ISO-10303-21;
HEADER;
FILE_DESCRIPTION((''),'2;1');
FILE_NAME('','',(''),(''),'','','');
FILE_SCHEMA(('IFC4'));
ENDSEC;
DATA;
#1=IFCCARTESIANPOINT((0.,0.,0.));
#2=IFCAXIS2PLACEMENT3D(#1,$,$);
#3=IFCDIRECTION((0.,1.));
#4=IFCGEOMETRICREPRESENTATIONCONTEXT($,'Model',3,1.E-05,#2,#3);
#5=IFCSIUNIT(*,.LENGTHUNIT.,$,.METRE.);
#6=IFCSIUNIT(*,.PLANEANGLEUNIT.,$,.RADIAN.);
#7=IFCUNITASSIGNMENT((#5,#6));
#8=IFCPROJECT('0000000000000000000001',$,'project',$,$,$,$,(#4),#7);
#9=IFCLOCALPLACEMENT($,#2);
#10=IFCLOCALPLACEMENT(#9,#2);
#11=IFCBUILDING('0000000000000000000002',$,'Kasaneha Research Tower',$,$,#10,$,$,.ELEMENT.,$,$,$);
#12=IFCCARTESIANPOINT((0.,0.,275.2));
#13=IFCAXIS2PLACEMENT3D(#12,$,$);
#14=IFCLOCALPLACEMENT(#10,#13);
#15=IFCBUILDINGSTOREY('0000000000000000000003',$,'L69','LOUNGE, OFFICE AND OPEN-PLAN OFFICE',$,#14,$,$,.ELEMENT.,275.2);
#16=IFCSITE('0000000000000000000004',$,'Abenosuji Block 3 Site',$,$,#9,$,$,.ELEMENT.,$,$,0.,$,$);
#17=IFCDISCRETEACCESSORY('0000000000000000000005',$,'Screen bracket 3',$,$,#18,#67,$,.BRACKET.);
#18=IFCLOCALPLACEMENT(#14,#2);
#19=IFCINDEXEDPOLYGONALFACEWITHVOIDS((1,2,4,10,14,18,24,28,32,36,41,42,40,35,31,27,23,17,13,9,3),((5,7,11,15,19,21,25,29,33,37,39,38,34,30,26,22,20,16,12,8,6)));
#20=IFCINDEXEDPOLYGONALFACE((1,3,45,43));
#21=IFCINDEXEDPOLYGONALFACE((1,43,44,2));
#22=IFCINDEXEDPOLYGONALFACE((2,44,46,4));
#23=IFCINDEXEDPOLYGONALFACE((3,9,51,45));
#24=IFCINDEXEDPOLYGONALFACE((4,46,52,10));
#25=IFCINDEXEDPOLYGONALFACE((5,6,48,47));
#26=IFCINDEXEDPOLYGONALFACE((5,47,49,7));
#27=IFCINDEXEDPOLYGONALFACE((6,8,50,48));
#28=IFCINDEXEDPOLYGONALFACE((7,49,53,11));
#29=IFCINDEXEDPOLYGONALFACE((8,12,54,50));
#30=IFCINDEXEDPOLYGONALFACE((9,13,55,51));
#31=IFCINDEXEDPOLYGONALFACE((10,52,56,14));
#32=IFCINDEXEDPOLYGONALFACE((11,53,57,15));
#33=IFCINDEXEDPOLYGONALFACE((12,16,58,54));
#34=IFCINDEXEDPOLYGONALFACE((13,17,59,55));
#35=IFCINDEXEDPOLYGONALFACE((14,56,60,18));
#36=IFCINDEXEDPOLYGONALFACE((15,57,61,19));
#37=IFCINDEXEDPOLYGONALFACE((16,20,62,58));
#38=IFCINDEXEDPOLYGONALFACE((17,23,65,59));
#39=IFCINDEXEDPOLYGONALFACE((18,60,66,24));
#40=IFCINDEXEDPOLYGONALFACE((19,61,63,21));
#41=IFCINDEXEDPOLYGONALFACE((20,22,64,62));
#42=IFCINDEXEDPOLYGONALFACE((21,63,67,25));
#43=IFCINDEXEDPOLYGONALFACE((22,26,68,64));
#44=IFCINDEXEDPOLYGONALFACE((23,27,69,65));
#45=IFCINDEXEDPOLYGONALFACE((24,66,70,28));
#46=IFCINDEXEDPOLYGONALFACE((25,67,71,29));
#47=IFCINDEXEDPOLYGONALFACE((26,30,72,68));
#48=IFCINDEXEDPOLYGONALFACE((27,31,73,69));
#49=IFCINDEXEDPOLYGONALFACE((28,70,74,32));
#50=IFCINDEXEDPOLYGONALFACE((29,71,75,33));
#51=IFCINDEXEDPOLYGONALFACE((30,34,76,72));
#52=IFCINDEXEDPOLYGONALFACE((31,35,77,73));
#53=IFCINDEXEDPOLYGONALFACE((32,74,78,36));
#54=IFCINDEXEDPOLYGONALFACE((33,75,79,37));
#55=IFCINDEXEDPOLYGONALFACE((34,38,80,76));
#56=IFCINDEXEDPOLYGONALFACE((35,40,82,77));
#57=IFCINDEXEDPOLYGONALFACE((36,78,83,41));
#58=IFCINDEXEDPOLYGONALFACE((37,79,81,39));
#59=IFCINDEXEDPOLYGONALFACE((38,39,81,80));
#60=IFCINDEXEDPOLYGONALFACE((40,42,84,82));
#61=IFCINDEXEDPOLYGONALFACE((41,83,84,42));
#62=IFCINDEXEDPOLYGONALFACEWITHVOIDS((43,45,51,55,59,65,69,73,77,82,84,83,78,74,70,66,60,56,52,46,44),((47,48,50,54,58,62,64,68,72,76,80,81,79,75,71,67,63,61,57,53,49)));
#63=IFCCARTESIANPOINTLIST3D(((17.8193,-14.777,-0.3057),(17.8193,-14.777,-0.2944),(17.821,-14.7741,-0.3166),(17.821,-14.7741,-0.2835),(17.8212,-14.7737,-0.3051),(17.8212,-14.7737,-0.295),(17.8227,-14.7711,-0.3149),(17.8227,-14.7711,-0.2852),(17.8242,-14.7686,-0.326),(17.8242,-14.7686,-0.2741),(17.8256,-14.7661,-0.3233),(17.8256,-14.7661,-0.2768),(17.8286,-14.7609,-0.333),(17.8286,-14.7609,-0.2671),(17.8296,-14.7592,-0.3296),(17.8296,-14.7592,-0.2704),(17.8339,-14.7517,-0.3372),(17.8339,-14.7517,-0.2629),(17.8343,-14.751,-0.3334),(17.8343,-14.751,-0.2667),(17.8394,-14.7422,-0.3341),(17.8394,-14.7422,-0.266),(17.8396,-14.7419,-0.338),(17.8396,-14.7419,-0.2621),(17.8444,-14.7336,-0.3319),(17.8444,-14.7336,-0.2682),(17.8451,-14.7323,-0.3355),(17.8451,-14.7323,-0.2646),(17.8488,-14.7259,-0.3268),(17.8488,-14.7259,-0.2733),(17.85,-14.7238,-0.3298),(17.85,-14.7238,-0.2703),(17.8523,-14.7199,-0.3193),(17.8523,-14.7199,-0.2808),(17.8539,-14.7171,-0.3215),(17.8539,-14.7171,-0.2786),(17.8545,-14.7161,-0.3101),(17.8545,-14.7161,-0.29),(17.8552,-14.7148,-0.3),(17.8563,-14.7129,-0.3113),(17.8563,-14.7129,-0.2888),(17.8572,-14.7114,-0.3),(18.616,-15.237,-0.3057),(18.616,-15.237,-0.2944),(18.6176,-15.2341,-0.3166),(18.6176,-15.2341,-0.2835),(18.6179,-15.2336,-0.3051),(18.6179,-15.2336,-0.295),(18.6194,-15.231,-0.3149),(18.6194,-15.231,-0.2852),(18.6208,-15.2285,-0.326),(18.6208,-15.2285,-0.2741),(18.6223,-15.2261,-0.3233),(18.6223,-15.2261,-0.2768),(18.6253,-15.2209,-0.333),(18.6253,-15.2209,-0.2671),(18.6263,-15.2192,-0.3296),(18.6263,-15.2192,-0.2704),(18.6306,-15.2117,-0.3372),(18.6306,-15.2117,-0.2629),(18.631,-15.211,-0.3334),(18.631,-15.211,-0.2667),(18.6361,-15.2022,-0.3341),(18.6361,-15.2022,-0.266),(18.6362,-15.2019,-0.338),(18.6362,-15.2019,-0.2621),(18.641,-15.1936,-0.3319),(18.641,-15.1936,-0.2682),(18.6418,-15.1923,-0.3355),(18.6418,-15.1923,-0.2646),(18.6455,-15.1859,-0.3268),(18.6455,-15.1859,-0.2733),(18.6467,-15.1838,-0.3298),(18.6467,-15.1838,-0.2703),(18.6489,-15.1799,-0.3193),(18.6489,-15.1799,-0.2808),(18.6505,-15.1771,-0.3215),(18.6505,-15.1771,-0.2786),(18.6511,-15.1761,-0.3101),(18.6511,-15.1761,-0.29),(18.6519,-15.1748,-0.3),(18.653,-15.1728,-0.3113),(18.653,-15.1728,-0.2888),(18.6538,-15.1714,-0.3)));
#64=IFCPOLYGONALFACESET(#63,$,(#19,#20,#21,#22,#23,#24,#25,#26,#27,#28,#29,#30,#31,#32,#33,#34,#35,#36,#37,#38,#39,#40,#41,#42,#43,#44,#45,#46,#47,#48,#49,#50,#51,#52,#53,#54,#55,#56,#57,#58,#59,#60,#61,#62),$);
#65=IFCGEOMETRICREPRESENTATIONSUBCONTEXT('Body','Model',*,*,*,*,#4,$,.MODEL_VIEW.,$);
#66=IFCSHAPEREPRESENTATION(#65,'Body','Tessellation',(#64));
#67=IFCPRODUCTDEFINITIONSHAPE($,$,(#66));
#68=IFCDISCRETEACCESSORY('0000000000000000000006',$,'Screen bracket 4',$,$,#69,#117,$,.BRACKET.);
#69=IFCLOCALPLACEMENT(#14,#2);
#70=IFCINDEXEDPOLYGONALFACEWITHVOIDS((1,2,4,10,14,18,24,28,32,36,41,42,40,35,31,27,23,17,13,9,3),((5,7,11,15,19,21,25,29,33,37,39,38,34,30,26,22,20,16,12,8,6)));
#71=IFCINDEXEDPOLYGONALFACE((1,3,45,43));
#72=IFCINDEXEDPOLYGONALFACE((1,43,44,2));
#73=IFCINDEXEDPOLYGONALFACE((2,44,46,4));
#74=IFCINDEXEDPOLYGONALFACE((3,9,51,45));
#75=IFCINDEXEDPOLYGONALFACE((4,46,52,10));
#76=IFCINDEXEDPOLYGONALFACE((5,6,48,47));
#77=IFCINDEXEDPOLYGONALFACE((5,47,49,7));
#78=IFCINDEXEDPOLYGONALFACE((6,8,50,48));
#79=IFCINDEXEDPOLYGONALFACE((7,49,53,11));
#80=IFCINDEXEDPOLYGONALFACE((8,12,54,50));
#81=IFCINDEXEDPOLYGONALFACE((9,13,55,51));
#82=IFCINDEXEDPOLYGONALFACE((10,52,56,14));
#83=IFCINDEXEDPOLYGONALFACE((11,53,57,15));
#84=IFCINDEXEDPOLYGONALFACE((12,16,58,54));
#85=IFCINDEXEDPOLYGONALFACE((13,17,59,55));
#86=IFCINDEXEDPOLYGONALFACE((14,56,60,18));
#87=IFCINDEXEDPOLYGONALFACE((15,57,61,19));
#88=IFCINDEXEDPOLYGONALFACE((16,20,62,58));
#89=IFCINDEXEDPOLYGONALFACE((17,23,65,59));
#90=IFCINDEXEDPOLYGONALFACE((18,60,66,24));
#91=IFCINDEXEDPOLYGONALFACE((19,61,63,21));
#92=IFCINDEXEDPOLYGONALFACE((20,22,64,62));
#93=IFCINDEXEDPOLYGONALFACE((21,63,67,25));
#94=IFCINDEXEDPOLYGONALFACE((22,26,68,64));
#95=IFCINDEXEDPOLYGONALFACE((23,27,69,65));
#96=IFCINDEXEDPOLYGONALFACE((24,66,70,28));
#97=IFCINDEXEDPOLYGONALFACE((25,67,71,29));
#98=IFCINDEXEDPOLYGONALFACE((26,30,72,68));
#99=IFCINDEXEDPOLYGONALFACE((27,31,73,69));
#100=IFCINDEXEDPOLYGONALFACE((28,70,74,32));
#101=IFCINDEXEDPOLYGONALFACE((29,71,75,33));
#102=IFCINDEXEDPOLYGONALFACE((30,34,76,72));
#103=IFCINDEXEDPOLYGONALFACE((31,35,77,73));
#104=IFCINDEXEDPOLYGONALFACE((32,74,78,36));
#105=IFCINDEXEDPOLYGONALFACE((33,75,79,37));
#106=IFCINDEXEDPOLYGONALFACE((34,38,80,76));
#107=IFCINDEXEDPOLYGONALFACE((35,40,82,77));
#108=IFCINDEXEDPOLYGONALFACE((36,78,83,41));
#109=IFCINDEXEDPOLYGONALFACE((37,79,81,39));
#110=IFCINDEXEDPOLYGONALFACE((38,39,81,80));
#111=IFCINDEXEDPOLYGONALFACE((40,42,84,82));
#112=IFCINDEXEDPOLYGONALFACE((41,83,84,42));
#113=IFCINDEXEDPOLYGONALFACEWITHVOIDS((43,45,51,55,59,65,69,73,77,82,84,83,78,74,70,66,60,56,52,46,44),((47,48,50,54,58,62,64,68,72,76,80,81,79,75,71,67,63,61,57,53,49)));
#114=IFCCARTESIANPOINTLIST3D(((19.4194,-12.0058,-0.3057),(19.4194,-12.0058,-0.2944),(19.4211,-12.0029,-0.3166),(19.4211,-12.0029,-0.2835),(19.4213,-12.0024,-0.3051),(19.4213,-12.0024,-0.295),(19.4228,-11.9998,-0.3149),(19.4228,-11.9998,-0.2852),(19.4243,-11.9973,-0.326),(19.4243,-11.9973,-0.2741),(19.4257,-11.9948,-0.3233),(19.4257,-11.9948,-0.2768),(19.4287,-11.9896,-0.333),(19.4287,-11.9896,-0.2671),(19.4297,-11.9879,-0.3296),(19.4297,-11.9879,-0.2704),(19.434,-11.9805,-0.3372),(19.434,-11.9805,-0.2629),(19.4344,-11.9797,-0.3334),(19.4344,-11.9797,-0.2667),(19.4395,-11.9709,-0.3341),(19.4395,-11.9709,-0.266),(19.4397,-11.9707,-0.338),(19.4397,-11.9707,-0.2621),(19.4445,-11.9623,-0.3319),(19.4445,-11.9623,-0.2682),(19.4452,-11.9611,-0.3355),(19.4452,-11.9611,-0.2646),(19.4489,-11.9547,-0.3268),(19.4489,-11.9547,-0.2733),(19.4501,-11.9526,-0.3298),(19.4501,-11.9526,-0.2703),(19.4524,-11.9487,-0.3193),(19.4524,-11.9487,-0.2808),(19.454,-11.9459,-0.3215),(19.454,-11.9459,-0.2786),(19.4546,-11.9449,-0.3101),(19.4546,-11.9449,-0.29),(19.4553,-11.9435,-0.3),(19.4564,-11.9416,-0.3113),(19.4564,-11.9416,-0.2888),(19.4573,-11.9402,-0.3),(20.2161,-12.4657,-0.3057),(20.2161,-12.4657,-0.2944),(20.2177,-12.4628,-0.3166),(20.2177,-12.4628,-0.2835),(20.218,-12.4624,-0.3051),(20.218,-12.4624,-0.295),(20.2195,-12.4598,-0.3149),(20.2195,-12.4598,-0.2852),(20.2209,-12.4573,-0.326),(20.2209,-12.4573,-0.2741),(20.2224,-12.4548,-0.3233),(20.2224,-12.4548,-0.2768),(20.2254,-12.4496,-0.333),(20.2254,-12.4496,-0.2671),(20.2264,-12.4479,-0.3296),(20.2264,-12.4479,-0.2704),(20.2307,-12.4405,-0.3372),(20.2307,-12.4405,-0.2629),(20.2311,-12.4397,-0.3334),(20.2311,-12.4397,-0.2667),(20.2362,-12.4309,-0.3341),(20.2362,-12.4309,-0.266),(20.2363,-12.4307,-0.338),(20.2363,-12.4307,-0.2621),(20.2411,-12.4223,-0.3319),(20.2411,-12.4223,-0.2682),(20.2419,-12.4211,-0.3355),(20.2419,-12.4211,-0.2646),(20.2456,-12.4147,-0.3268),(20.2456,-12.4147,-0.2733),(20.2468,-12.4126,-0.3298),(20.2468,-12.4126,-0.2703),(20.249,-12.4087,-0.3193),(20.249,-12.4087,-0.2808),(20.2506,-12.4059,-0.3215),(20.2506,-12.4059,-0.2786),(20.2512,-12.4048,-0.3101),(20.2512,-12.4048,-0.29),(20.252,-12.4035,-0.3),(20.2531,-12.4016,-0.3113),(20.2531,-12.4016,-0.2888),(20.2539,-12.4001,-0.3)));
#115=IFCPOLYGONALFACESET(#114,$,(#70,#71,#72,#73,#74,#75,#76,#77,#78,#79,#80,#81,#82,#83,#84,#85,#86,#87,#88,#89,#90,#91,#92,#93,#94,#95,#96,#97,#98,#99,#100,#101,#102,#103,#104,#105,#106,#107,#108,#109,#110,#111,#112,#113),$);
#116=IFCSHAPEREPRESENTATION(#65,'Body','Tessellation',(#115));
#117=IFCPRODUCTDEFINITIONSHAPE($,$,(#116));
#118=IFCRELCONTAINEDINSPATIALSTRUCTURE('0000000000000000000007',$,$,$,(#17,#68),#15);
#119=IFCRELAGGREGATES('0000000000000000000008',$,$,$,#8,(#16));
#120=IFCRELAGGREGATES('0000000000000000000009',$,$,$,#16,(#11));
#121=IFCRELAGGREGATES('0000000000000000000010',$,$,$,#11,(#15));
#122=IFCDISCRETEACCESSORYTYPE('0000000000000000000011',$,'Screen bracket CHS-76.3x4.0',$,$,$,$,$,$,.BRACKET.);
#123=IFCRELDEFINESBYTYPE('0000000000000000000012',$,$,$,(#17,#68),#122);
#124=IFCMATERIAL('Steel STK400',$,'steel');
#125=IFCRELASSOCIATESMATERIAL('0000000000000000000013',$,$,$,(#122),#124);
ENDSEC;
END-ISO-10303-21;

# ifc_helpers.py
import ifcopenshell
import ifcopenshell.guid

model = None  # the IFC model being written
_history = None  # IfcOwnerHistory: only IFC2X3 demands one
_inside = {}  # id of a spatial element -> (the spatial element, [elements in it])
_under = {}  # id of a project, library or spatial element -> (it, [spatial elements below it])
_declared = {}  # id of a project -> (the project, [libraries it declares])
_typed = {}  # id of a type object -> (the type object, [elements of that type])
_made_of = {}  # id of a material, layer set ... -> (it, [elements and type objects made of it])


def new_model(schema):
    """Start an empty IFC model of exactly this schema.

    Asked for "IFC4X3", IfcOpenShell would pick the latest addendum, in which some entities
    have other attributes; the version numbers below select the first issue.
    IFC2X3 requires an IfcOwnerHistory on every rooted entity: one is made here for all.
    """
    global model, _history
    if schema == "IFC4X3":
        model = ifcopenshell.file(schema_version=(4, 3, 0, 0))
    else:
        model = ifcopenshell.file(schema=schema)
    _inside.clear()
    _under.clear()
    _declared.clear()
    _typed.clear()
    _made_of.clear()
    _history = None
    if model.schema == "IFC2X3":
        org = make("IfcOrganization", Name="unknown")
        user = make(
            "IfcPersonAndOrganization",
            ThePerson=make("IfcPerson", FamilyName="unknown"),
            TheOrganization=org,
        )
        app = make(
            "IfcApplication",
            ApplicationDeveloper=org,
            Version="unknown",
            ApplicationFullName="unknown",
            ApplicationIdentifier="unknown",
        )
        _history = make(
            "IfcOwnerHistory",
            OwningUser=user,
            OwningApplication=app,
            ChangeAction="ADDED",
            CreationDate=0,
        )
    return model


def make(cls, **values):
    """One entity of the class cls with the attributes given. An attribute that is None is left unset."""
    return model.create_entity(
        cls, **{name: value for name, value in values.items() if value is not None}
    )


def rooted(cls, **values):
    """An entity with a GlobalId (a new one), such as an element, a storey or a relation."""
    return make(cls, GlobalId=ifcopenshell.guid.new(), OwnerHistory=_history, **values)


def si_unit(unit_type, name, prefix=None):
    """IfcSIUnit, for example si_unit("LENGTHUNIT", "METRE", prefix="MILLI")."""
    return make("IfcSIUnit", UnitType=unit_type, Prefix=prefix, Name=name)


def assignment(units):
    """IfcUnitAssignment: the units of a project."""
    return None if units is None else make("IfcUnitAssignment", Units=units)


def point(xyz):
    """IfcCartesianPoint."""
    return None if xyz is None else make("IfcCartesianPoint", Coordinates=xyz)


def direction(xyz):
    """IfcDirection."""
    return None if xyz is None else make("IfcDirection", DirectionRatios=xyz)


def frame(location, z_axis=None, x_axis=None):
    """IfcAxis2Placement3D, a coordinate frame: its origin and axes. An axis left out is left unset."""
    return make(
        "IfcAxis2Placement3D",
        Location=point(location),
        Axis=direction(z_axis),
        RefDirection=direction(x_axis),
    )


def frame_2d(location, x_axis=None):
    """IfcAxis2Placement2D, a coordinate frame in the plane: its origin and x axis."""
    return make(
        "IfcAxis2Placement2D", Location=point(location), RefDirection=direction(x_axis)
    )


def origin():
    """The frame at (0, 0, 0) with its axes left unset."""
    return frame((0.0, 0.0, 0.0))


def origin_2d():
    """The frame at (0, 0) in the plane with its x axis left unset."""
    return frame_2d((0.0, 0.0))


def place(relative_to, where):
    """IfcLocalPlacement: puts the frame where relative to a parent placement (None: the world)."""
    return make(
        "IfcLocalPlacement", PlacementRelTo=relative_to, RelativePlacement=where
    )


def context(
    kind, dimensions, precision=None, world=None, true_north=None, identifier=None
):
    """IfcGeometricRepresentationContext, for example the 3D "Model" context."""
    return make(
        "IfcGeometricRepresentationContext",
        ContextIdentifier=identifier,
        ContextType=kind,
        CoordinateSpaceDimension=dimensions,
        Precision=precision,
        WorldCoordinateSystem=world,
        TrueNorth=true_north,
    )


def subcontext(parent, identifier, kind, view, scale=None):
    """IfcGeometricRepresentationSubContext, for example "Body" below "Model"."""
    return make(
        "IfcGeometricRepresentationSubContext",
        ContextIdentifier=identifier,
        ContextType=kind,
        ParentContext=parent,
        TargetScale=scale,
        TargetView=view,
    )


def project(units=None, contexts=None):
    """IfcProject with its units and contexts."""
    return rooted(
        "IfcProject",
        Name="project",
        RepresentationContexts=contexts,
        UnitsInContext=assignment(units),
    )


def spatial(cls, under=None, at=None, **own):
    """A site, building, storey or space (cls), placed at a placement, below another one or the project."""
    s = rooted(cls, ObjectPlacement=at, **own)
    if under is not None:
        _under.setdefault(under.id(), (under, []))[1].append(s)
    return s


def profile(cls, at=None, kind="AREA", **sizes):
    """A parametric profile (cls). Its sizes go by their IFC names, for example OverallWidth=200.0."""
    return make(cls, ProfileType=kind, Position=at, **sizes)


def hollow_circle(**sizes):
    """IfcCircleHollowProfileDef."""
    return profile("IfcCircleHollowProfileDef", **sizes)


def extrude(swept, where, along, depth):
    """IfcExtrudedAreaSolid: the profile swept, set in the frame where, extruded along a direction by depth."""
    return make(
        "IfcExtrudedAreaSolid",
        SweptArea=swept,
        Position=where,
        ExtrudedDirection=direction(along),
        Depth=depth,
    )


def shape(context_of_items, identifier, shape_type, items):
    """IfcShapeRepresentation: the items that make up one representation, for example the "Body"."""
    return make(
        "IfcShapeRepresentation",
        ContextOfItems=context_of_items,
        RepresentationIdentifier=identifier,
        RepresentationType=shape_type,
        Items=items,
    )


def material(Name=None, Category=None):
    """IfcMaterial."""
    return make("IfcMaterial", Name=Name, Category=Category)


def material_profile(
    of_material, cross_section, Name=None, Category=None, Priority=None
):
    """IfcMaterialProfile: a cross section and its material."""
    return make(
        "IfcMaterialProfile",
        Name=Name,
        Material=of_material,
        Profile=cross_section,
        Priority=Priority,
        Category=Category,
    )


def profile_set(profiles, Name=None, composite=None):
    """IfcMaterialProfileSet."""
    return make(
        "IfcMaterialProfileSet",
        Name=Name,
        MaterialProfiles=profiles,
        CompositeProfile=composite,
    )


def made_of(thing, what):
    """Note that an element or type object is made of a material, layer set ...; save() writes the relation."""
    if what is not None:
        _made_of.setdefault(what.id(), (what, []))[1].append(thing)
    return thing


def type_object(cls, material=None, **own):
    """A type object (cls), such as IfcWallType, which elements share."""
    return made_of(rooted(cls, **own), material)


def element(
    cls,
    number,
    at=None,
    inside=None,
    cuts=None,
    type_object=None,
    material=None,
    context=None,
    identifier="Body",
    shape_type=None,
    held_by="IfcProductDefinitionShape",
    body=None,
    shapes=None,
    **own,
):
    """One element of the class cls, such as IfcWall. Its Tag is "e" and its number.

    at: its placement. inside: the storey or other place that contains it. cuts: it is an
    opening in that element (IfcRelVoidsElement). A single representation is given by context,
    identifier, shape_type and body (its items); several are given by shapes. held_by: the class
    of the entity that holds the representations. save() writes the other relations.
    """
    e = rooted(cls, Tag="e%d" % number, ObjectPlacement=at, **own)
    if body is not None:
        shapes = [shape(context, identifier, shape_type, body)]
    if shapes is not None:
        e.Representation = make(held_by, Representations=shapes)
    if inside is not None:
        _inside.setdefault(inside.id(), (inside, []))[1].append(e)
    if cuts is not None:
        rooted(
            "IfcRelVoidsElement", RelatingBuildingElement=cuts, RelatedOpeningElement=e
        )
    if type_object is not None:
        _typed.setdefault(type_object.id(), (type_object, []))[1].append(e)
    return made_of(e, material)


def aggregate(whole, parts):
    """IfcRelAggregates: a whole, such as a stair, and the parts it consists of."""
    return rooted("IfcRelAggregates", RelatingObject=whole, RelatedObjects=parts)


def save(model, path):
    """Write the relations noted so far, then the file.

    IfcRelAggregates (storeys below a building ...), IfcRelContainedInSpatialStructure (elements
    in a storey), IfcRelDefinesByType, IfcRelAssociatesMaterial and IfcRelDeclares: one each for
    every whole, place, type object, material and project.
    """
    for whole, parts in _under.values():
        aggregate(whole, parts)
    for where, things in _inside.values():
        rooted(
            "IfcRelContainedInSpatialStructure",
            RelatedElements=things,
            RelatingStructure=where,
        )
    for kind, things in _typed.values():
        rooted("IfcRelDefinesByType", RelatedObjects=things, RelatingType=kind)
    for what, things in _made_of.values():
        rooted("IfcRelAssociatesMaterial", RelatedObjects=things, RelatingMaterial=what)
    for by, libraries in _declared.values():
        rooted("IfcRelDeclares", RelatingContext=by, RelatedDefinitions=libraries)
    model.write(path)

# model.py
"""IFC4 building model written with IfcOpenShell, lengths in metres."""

from ifc_helpers import new_model, si_unit, direction, frame, origin, origin_2d, place, context, subcontext, project, spatial, hollow_circle, extrude, material, material_profile, profile_set, type_object, element, save


model = new_model("IFC4")

# Units and contexts
model_context = context("Model", 3, precision=1e-05, world=origin(), true_north=direction((0.0, 1.0)))
body_context = subcontext(model_context, "Body", "Model", "MODEL_VIEW")
ifc_project = project(units=[si_unit("LENGTHUNIT", "METRE"), si_unit("PLANEANGLEUNIT", "RADIAN")], contexts=[model_context])

# Site, building, storey
site_placement = place(None, origin())
site = spatial("IfcSite", under=ifc_project, at=site_placement, Name="Abenosuji Block 3 Site", CompositionType="ELEMENT", RefElevation=0.0)
building_placement = place(site_placement, origin())
building = spatial("IfcBuilding", under=site, at=building_placement, Name="Kasaneha Research Tower", CompositionType="ELEMENT")
storey_placement = place(building_placement, frame((0.0, 0.0, 275.2)))
storey = spatial("IfcBuildingStorey", under=building, at=storey_placement, Name="L69", Description="LOUNGE, OFFICE AND OPEN-PLAN OFFICE", CompositionType="ELEMENT", Elevation=275.2)

# Discrete accessories
ifc_material_1 = material(Name="Steel STK400", Category="steel")
ifc_material_profile_1 = material_profile(ifc_material_1, hollow_circle(Radius=0.0381, WallThickness=0.0039, at=origin_2d()), Name="CHS-76.3x4.0")
ifc_profile_set_1 = profile_set([ifc_material_profile_1], Name="Steel STK400")
discrete_accessory_type = type_object("IfcDiscreteAccessoryType", Name="Screen bracket CHS-76.3x4.0", PredefinedType="BRACKET", material=ifc_profile_set_1)
for number, where, z_axis, x_axis, name in (
    (1, (17.8381, -14.7444, -0.3), (0.866013, -0.500021, 0.0), (0.500021, 0.866013, 0.0), "Screen bracket 3"),
    (2, (19.4382, -11.9731, -0.3), (0.866013, -0.500021, 0.0), (0.500021, 0.866013, 0.0), "Screen bracket 4"),
):
    element("IfcDiscreteAccessory", number, at=place(storey_placement, frame(where, z_axis=z_axis, x_axis=x_axis)), inside=storey, type_object=discrete_accessory_type, Name=name, PredefinedType="BRACKET", context=body_context, shape_type="SweptSolid", body=[
        extrude(hollow_circle(Radius=0.0381, WallThickness=0.0039, at=origin_2d()), origin(), (0.0, 0.0, 1.0), 0.9199),
    ])

save(model, "model.ifc")
